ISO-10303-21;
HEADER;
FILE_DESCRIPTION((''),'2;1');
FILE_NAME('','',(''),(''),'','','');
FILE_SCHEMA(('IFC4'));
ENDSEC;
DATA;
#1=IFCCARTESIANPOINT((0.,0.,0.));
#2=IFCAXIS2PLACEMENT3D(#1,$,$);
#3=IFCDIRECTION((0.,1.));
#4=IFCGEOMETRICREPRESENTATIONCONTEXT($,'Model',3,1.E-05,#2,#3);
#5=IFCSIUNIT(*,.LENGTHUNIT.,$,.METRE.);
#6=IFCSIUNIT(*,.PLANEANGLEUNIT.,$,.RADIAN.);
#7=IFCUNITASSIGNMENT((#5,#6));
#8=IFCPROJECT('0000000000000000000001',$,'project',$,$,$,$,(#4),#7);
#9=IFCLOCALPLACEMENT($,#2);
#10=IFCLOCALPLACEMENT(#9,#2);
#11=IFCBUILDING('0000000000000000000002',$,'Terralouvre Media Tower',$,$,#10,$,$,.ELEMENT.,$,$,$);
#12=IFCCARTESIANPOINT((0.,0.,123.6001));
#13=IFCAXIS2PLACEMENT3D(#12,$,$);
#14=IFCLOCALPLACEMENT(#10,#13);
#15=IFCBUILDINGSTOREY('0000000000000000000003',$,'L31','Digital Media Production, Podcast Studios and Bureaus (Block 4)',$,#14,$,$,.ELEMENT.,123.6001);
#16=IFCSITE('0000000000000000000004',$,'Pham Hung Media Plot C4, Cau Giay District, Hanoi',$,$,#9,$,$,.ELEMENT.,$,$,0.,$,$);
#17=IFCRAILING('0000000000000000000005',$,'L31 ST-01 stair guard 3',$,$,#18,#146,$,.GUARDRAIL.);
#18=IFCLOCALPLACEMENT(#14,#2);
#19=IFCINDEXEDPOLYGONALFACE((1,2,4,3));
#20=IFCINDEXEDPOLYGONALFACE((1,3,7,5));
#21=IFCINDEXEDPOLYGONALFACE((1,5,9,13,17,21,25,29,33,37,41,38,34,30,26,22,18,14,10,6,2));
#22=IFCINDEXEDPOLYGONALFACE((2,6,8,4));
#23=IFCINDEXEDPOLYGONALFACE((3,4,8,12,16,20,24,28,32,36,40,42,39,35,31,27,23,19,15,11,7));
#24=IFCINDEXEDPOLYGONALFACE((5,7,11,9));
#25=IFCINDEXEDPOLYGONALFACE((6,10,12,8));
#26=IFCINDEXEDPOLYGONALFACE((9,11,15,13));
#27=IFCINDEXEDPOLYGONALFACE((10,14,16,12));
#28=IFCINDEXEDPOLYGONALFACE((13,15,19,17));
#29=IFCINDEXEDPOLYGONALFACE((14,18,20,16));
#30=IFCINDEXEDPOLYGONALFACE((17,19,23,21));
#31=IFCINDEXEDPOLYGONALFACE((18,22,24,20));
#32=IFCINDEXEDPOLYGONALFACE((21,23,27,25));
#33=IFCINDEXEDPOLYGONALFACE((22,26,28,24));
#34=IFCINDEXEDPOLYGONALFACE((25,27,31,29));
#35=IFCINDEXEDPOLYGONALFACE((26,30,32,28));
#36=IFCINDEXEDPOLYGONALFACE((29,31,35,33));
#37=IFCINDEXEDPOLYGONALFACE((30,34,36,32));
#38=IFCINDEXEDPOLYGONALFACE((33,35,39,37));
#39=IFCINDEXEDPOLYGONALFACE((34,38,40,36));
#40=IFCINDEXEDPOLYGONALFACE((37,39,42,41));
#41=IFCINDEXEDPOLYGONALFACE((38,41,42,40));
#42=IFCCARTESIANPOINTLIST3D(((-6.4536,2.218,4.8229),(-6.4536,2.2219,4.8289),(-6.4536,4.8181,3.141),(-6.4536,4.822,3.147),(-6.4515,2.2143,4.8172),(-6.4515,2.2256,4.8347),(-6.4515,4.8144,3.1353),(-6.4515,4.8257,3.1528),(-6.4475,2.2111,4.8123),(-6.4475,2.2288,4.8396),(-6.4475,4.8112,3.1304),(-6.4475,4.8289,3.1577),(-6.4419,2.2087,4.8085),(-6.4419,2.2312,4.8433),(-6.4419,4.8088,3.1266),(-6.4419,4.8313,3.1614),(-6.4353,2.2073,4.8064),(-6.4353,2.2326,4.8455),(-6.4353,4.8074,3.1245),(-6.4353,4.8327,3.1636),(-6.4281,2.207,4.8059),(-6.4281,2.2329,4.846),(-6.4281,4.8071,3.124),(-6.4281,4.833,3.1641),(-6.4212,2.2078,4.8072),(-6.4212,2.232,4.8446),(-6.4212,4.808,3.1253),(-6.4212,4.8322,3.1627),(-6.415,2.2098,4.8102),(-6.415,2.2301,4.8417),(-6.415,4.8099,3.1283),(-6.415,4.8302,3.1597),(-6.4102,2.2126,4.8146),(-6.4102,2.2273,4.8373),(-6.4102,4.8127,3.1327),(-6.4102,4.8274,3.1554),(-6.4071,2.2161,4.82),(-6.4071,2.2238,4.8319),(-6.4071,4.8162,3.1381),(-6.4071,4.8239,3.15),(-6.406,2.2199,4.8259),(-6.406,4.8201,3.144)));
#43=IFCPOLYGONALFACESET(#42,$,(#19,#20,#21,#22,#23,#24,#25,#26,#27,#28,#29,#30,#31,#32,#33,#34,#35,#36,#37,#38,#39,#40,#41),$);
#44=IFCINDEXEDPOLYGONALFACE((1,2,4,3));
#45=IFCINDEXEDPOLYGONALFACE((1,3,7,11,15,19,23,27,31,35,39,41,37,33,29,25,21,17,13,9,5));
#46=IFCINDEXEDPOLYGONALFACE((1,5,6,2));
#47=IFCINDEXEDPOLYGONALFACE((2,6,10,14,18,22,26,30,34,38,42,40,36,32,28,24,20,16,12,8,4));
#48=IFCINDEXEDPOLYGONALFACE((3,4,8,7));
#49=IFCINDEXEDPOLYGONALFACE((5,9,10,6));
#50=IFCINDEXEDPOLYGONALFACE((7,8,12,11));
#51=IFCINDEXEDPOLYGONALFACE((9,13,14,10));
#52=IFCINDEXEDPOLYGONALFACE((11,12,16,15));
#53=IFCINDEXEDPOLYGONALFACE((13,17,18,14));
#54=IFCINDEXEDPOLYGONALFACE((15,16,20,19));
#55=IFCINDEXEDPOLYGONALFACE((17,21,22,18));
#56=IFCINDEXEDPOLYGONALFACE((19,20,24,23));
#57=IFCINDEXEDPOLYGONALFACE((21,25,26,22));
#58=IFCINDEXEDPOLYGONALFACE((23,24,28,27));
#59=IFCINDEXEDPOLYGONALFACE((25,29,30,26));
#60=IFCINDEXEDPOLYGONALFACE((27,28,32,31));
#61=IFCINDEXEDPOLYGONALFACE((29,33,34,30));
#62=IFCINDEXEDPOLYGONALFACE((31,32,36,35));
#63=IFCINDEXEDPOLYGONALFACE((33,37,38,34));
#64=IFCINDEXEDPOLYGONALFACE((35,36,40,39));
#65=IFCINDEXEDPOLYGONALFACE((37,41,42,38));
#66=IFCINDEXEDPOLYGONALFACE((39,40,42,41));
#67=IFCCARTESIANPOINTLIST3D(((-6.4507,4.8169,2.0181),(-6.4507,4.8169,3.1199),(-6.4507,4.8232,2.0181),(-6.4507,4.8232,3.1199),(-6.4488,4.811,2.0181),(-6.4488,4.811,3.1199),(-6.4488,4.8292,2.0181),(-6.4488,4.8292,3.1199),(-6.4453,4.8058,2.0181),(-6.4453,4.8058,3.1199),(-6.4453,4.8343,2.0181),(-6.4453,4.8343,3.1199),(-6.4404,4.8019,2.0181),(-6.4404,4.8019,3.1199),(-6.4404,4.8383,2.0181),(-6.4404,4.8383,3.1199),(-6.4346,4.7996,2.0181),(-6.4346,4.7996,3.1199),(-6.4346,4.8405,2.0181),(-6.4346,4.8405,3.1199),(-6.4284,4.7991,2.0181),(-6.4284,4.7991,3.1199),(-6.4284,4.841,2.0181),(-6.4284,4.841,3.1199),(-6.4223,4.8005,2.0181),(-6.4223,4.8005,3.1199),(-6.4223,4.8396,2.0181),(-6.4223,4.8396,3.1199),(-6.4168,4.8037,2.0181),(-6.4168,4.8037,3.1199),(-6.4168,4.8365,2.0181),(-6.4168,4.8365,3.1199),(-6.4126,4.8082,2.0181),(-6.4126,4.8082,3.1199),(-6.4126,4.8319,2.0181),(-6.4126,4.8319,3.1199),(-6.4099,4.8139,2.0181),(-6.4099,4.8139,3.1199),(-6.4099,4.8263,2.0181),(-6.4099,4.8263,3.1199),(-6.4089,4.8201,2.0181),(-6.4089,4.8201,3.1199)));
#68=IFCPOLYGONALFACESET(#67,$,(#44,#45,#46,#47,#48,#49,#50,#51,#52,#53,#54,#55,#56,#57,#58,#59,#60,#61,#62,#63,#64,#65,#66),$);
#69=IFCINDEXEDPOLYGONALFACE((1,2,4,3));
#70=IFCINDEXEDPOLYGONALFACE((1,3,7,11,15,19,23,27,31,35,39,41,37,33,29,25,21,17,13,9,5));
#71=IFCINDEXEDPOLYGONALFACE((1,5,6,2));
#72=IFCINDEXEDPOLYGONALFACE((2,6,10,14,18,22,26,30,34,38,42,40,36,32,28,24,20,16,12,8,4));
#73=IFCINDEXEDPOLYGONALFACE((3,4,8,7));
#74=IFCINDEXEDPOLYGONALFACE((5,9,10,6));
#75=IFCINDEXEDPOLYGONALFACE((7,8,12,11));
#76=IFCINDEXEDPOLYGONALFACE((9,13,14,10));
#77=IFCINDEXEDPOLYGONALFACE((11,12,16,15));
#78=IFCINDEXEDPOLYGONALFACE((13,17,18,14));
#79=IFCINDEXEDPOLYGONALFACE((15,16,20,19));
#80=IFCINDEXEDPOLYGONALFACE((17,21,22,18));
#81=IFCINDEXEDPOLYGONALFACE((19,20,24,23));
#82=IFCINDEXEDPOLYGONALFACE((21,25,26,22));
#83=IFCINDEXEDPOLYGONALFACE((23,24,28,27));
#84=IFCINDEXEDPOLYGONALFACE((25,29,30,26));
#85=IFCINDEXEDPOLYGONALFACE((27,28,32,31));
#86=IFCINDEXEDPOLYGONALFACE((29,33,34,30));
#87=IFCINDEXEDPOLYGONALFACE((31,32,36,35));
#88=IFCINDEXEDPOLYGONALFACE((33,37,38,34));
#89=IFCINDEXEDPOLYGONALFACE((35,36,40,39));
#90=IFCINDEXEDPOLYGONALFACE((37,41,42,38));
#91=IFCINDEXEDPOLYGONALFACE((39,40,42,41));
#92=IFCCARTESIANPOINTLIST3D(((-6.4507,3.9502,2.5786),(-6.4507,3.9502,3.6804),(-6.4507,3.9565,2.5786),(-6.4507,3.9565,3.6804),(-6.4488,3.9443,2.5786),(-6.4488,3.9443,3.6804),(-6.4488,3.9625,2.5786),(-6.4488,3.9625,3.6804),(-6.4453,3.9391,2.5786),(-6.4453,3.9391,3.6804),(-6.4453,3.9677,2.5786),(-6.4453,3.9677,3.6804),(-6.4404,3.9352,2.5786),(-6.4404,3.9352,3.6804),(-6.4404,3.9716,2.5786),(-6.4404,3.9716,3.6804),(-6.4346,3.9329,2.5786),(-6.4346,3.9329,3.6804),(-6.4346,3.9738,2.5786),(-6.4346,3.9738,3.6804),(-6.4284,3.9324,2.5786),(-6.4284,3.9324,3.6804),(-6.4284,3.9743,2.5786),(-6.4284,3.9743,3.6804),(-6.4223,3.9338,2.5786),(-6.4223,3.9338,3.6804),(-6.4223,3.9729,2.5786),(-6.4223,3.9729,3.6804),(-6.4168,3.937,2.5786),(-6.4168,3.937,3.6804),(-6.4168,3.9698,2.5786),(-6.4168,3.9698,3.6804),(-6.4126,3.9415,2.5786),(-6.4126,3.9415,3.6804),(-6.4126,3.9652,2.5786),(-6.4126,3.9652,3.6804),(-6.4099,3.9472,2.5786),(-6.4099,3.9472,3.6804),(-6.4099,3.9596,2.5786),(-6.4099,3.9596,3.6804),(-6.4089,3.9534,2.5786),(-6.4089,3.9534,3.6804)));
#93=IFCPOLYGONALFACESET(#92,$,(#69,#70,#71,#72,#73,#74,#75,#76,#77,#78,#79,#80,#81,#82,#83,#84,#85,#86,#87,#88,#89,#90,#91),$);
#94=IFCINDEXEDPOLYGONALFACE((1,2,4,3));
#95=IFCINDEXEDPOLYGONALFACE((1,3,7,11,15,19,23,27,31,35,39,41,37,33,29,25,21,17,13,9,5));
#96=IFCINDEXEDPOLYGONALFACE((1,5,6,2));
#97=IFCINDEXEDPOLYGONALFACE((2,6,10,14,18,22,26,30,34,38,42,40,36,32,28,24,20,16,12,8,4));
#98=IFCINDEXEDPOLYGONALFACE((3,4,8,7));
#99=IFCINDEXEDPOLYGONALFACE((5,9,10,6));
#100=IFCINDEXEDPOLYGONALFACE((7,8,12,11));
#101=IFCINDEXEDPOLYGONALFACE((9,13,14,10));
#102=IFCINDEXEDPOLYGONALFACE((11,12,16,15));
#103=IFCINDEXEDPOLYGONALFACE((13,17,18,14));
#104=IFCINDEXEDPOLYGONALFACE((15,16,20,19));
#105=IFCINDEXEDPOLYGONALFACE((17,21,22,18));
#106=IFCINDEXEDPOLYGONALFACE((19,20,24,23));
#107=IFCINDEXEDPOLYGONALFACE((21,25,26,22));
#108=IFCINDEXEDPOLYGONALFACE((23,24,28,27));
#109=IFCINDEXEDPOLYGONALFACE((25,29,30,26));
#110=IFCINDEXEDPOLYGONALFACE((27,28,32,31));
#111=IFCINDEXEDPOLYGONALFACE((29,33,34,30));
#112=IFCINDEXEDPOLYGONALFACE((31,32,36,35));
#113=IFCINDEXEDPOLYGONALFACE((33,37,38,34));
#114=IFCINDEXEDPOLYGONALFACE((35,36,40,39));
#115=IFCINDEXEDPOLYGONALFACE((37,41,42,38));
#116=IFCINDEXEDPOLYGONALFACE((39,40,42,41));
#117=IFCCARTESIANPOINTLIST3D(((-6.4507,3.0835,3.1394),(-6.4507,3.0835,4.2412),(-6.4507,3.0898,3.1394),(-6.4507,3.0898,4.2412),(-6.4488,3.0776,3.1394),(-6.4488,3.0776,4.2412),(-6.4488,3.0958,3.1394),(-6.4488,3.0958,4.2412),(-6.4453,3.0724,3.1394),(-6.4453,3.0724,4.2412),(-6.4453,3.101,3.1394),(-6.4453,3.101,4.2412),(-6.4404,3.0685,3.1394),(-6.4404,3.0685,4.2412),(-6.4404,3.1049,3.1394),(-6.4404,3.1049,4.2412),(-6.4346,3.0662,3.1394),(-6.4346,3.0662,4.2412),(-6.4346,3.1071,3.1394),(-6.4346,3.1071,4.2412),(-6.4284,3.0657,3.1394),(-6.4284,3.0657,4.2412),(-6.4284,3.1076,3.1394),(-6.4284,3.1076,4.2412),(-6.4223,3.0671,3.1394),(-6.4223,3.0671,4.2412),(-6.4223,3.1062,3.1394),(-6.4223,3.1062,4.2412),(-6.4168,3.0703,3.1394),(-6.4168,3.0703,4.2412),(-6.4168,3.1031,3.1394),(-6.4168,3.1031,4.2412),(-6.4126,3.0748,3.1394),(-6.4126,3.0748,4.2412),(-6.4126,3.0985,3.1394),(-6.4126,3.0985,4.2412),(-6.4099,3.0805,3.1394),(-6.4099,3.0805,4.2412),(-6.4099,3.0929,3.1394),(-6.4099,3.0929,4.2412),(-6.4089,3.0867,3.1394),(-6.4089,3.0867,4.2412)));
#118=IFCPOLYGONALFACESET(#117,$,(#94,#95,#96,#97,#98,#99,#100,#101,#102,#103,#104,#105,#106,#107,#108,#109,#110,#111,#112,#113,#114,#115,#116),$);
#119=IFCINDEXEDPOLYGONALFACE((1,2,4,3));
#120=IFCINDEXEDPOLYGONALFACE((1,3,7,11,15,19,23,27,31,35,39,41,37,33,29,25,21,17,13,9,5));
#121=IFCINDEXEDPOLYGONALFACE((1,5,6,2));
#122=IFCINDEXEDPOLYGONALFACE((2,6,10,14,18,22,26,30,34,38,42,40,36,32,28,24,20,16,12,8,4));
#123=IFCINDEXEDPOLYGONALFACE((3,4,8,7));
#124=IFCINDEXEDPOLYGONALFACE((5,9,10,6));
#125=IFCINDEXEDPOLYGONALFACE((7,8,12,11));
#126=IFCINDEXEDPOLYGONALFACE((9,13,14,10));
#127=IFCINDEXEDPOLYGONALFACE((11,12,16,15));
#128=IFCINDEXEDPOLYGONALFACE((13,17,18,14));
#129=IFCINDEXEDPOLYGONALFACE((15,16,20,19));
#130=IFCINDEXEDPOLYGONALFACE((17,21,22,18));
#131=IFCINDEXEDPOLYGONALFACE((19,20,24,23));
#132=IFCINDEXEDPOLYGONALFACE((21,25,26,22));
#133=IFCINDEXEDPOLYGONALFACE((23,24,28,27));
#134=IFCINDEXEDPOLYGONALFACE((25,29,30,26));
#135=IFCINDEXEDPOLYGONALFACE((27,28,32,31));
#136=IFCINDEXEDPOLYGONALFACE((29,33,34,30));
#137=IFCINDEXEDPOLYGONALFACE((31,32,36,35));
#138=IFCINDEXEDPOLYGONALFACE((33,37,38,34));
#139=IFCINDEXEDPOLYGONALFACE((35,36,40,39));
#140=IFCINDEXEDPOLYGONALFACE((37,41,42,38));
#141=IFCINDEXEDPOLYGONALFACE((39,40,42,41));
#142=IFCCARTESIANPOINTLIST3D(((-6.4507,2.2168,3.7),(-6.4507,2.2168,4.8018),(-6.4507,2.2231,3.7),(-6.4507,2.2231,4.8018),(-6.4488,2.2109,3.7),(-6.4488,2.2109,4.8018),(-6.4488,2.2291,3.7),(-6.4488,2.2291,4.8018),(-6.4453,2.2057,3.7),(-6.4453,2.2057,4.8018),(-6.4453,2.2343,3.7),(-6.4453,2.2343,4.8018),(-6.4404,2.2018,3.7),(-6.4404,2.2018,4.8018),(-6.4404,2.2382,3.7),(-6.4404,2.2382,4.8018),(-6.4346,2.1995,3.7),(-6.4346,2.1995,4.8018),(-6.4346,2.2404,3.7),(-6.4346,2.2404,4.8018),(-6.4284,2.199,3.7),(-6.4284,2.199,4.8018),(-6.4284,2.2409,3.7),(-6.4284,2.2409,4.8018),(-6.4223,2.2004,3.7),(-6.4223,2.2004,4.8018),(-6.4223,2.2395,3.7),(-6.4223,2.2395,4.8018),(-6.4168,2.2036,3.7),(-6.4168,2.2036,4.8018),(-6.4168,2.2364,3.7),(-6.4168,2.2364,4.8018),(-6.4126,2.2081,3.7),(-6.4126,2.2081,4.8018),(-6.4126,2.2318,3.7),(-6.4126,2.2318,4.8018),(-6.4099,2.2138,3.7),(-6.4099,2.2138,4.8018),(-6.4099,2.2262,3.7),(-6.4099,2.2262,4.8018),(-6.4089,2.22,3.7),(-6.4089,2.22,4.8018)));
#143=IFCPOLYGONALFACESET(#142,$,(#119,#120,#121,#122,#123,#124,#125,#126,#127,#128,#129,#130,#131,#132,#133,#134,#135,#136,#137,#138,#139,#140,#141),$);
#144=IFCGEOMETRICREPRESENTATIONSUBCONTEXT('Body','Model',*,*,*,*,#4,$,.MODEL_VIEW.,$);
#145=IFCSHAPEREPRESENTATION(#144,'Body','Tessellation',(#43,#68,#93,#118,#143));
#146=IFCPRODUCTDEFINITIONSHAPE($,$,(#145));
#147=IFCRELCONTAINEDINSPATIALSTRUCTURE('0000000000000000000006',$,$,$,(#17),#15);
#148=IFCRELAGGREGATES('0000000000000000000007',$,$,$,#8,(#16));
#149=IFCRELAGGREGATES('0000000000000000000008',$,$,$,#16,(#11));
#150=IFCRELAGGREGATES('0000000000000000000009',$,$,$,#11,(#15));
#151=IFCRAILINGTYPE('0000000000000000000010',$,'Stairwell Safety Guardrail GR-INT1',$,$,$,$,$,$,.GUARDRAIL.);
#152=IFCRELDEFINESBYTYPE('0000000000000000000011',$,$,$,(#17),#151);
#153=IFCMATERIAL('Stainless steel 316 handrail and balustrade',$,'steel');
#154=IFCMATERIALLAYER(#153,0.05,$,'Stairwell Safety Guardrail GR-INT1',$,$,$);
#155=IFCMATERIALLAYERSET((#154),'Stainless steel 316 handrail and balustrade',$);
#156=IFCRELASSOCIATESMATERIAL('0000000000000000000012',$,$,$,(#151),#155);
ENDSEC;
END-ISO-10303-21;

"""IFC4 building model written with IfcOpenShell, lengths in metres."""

from ifc_helpers import new_model, si_unit, direction, frame, origin, origin_2d, place, context, subcontext, project, spatial, circle, extrude, material, layer, layer_set, type_object, element, save


model = new_model("IFC4")

# Units and contexts
model_context = context("Model", 3, precision=1e-05, world=origin(), true_north=direction((0.0, 1.0)))
body_context = subcontext(model_context, "Body", "Model", "MODEL_VIEW")
ifc_project = project(units=[si_unit("LENGTHUNIT", "METRE"), si_unit("PLANEANGLEUNIT", "RADIAN")], contexts=[model_context])

# Site, building, storey
site_placement = place(None, origin())
site = spatial("IfcSite", under=ifc_project, at=site_placement, Name="Pham Hung Media Plot C4, Cau Giay District, Hanoi", CompositionType="ELEMENT", RefElevation=0.0)
building_placement = place(site_placement, origin())
building = spatial("IfcBuilding", under=site, at=building_placement, Name="Terralouvre Media Tower", CompositionType="ELEMENT")
storey_placement = place(building_placement, frame((0.0, 0.0, 123.6001)))
storey = spatial("IfcBuildingStorey", under=building, at=storey_placement, Name="L31", Description="Digital Media Production, Podcast Studios and Bureaus (Block 4)", CompositionType="ELEMENT", Elevation=123.6001)

# Railing
ifc_material_1 = material(Name="Stainless steel 316 handrail and balustrade", Category="steel")
ifc_layer_1 = layer(ifc_material_1, 0.05, Name="Stairwell Safety Guardrail GR-INT1")
ifc_layer_set_1 = layer_set([ifc_layer_1], Name="Stainless steel 316 handrail and balustrade")
railing_type_1 = type_object("IfcRailingType", Name="Stairwell Safety Guardrail GR-INT1", PredefinedType="GUARDRAIL", material=ifc_layer_set_1)
railing_1_placement = place(storey_placement, frame((-6.4299, 4.8201, 2.0181)))
element("IfcRailing", 1, at=railing_1_placement, inside=storey, type_object=railing_type_1, Name="L31 ST-01 stair guard 3", PredefinedType="GUARDRAIL", context=body_context, shape_type="SweptSolid", body=[
    extrude(circle(Radius=0.0239, at=origin_2d()), frame((0.0, 0.0, 1.126), z_axis=(0.0, -0.839648, 0.54313), x_axis=(1.0, 0.0, 0.0)), (0.0, 0.0, 1.0), 3.0967),
    extrude(circle(Radius=0.021, at=origin_2d()), origin(), (0.0, 0.0, 1.0), 1.1018),
    extrude(circle(Radius=0.021, at=origin_2d()), frame((0.0, -0.8667, 0.5605)), (0.0, 0.0, 1.0), 1.1018),
    extrude(circle(Radius=0.021, at=origin_2d()), frame((0.0, -1.7334, 1.1213)), (0.0, 0.0, 1.0), 1.1018),
    extrude(circle(Radius=0.021, at=origin_2d()), frame((0.0, -2.6001, 1.6819)), (0.0, 0.0, 1.0), 1.1018),
])

save(model, "model.ifc")
